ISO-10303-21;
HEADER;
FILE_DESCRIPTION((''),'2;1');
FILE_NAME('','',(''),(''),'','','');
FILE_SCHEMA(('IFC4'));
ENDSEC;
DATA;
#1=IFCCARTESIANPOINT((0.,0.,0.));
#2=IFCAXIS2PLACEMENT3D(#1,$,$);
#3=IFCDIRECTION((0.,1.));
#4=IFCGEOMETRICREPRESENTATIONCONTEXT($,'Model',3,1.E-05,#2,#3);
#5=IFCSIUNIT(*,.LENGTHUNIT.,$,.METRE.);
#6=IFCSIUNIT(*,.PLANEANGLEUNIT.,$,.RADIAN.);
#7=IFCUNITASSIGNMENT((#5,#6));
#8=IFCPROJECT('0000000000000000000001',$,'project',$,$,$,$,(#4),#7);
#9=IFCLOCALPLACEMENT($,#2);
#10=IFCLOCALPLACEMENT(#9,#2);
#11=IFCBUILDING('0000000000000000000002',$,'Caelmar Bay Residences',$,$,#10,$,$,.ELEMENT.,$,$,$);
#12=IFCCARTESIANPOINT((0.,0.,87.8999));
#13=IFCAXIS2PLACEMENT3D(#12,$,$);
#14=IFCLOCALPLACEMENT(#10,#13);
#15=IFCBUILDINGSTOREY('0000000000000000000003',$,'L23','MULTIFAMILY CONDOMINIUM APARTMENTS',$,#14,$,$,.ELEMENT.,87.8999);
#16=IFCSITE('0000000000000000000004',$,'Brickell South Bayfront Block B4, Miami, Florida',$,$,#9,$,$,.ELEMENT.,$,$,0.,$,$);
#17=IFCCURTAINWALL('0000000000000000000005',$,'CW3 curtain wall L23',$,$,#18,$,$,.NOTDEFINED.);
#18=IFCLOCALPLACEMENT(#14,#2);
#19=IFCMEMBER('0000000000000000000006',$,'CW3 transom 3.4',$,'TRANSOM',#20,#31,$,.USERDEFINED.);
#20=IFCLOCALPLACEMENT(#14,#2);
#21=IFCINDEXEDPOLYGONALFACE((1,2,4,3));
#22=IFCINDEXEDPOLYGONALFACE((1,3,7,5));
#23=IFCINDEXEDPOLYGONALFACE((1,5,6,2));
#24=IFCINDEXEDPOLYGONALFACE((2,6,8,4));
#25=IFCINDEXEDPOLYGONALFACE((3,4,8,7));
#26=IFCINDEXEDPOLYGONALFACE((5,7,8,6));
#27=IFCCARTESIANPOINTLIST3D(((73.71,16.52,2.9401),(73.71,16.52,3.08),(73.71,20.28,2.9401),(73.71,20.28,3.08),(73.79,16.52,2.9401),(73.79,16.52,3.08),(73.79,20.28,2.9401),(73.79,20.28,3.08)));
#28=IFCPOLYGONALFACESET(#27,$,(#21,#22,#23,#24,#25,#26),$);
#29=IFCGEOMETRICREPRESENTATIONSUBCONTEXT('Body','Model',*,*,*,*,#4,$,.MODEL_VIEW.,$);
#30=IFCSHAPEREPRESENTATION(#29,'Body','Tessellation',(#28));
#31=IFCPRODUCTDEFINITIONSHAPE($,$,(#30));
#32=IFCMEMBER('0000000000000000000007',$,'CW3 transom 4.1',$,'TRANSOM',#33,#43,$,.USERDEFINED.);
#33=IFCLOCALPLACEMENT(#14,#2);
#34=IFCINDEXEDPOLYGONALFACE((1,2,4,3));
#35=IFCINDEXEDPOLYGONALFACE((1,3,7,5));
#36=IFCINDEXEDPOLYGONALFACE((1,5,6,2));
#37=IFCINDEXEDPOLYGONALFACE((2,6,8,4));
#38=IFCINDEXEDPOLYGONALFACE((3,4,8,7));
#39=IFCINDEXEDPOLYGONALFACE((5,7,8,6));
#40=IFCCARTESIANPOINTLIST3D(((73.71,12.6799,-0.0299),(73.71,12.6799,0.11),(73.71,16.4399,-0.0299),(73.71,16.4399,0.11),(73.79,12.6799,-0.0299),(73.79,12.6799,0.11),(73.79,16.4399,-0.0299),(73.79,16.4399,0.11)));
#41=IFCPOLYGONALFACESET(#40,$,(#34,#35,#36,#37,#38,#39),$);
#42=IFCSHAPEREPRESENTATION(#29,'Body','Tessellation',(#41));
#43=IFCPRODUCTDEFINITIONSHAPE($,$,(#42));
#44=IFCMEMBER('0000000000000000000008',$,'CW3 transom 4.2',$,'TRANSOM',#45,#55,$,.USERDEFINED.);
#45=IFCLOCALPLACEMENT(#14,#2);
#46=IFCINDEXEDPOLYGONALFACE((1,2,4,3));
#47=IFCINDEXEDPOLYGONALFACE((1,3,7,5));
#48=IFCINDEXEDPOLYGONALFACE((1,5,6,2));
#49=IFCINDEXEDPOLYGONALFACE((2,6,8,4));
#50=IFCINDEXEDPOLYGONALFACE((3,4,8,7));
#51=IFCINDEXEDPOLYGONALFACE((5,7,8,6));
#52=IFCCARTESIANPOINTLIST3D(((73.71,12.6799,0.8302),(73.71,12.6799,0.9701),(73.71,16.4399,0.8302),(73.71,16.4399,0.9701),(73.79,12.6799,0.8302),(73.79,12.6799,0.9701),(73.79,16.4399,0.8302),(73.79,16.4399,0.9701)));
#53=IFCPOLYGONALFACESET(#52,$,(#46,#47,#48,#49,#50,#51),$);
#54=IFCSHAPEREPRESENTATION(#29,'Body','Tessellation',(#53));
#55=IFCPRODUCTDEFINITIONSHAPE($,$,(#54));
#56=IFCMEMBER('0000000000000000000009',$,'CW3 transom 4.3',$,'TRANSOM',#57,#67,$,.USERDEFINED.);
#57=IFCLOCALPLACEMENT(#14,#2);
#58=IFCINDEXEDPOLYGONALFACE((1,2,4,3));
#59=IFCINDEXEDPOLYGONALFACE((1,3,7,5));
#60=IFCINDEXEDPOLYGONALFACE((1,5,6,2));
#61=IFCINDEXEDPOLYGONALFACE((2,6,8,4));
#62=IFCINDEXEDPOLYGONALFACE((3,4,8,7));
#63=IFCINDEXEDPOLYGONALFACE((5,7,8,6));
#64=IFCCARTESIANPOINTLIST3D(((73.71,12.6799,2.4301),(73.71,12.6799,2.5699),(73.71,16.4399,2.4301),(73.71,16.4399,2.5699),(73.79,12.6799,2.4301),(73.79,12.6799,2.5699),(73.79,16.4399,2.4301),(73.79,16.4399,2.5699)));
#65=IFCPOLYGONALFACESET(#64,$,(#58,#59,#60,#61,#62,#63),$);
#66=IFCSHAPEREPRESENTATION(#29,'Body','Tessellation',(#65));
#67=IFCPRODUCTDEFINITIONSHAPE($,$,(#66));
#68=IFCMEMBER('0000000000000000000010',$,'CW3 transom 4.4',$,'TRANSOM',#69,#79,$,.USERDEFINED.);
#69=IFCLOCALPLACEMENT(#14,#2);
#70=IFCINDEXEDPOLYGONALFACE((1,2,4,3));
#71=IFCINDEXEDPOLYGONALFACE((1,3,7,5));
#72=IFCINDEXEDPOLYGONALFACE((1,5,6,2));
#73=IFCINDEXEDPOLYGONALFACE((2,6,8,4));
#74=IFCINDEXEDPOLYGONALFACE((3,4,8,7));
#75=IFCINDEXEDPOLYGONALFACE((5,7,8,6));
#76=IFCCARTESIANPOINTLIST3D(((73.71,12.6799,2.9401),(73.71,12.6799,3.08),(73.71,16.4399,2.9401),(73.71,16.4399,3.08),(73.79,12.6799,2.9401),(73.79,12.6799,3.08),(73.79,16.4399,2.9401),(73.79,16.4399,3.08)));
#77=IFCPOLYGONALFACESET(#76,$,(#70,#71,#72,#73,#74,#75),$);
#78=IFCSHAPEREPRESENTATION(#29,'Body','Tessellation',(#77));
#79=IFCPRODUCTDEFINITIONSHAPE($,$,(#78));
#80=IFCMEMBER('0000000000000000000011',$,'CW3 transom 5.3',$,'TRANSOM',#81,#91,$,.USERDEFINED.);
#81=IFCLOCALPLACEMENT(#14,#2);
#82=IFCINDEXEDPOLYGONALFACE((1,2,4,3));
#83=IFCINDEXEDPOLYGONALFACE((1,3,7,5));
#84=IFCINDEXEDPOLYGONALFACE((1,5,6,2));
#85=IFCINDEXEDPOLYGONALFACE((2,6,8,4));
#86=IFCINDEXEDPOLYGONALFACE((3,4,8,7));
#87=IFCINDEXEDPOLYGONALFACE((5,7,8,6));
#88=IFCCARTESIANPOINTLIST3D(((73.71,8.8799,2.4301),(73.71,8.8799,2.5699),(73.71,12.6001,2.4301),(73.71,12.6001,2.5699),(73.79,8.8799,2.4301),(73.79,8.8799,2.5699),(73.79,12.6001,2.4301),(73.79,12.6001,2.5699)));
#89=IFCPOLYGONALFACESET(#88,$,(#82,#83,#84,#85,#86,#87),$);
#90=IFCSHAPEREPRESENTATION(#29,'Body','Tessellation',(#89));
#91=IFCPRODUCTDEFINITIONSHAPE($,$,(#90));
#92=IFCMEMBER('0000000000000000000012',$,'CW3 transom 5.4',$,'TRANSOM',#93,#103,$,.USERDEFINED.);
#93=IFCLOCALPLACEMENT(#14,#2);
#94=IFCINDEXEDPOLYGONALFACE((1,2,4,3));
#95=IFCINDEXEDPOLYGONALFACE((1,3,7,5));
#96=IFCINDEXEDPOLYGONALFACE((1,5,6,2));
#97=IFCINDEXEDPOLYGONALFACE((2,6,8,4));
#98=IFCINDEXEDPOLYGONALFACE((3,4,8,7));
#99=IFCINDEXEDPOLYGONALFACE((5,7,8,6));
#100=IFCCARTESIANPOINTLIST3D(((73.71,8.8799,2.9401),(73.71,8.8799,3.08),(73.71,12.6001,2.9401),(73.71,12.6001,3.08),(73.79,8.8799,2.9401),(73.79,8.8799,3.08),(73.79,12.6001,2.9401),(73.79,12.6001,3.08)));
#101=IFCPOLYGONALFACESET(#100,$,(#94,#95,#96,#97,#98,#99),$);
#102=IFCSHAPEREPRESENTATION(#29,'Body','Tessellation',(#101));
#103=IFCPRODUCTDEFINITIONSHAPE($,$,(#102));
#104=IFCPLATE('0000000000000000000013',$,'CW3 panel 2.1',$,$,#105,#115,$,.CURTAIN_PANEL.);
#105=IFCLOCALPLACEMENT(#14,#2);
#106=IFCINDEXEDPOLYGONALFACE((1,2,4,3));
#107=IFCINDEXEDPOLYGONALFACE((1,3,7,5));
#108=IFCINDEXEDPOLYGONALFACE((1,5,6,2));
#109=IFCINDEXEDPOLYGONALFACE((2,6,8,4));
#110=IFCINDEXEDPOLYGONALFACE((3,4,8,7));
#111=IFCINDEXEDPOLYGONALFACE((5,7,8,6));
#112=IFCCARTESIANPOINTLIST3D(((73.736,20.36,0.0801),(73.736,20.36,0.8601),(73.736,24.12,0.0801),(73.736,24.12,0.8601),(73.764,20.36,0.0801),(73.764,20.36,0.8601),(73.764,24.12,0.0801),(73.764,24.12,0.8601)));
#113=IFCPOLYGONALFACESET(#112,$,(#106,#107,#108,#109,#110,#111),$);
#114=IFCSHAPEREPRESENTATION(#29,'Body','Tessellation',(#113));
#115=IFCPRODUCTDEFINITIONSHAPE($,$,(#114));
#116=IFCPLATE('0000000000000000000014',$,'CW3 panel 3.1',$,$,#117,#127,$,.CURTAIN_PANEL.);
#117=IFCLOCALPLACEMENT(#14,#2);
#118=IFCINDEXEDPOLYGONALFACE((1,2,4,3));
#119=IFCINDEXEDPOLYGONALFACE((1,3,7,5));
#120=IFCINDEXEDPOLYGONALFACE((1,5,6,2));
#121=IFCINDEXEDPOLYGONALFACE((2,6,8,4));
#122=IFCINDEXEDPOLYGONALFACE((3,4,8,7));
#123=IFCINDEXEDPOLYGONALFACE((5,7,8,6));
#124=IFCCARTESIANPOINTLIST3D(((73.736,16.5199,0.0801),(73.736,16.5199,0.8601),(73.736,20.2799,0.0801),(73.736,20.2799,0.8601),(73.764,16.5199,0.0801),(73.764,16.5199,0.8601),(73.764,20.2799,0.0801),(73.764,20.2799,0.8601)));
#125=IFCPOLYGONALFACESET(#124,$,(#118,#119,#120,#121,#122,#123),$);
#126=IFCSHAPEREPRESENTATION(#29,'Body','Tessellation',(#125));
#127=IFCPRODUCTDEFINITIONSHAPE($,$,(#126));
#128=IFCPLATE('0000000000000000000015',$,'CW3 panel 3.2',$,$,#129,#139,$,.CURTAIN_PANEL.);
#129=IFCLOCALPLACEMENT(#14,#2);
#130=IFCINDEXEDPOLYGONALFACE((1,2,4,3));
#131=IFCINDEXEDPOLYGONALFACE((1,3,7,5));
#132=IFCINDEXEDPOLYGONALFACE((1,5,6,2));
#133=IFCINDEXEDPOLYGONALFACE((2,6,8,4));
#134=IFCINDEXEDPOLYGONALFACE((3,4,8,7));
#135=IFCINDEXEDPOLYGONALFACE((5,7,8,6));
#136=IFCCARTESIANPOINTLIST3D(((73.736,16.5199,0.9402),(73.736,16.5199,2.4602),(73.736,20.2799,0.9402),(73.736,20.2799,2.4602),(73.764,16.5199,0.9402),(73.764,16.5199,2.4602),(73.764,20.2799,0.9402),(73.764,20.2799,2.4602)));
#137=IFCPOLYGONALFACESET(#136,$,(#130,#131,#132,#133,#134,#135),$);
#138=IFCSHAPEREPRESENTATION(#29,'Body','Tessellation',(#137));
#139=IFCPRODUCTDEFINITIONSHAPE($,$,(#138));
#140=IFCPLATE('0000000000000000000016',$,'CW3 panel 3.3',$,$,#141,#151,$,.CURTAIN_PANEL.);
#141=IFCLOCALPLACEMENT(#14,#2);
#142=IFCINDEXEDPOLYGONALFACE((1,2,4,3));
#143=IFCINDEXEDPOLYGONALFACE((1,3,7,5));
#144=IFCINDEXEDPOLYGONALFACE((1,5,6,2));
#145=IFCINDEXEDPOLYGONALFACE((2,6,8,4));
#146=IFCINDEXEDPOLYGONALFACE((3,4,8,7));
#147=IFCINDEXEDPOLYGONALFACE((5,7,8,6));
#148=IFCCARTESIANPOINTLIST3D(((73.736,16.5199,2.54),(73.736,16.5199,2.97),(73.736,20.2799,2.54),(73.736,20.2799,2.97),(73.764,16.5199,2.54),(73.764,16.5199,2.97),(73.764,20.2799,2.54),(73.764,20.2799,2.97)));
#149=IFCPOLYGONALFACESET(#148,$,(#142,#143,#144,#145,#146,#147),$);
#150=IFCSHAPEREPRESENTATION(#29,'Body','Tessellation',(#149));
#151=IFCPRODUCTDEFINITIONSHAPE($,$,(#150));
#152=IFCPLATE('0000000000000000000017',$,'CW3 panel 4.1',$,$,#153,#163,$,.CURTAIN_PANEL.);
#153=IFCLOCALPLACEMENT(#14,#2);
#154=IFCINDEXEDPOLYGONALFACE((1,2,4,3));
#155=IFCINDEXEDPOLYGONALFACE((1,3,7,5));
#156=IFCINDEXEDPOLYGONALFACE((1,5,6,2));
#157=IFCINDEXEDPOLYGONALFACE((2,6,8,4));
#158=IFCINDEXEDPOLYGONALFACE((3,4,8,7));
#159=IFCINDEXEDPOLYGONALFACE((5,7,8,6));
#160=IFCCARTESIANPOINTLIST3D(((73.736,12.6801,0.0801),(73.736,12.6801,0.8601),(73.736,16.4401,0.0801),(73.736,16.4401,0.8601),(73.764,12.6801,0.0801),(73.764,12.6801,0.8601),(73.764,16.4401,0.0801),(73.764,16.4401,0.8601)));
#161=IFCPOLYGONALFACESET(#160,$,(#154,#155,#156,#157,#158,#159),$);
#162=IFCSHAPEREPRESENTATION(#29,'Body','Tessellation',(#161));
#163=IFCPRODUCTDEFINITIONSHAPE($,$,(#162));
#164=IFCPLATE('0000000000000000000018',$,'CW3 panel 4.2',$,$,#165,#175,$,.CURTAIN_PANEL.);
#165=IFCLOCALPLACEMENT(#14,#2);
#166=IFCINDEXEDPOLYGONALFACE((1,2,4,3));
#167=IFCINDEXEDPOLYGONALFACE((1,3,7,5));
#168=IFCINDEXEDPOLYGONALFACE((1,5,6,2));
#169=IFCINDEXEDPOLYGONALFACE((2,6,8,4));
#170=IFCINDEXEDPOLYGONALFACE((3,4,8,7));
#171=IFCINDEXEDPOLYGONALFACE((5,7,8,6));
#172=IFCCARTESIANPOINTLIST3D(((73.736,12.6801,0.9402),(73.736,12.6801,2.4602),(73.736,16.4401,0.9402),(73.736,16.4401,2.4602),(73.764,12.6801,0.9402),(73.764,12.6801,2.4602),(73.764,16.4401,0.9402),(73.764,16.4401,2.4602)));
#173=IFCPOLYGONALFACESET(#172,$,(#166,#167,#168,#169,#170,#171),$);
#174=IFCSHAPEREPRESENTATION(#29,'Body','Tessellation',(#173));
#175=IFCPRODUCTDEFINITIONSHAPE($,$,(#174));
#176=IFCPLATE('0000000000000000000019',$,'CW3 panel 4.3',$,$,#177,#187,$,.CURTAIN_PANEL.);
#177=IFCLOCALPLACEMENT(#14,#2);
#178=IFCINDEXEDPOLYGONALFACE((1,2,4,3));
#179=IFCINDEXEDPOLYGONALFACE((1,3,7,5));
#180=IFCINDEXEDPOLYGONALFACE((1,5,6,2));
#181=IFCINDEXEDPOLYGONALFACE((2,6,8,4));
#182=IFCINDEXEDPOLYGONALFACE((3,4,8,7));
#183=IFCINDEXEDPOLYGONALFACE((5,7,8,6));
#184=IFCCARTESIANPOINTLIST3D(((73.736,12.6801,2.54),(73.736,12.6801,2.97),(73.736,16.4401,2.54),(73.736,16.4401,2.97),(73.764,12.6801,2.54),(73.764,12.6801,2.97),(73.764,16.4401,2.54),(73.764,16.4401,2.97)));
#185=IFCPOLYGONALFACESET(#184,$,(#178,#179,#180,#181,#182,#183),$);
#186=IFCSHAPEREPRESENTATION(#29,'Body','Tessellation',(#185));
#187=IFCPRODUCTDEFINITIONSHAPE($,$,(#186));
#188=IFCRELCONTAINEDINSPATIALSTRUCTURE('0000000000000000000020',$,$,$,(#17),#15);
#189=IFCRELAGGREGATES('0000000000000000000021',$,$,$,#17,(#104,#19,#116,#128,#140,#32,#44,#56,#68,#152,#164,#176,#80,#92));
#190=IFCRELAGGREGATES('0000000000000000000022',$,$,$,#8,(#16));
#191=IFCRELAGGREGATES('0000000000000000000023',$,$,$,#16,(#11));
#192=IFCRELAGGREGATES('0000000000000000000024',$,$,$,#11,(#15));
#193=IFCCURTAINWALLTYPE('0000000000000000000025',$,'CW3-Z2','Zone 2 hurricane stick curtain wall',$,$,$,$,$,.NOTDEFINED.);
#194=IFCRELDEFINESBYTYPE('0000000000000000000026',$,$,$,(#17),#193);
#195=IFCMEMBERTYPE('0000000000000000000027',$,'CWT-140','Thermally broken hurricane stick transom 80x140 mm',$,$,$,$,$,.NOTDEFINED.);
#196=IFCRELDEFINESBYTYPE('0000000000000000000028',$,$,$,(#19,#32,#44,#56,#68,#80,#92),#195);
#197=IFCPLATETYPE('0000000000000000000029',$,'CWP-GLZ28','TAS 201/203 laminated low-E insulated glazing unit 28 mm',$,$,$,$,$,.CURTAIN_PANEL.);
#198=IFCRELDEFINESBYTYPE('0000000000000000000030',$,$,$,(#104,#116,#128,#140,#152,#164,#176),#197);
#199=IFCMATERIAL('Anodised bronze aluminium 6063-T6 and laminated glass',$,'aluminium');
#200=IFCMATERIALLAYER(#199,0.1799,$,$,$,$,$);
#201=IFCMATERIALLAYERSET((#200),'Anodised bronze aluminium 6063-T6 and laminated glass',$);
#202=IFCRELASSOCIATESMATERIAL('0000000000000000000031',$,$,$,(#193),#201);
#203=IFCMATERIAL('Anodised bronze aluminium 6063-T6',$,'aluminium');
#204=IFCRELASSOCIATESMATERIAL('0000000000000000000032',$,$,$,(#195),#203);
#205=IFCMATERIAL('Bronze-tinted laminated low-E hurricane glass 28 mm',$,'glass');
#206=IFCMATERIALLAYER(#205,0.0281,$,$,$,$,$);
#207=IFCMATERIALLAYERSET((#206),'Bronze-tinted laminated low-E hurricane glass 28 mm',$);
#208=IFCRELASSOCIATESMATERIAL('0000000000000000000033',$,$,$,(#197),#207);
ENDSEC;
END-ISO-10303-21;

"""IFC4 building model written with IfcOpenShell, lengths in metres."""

from ifc_helpers import new_model, si_unit, direction, frame, origin, origin_2d, place, context, subcontext, project, spatial, rectangle, extrude, material, layer, layer_set, material_profile, profile_set, type_object, element, aggregate, save


model = new_model("IFC4")

# Units and contexts
model_context = context("Model", 3, precision=1e-05, world=origin(), true_north=direction((0.0, 1.0)))
body_context = subcontext(model_context, "Body", "Model", "MODEL_VIEW")
ifc_project = project(units=[si_unit("LENGTHUNIT", "METRE"), si_unit("PLANEANGLEUNIT", "RADIAN")], contexts=[model_context])

# Site, building, storey
site_placement = place(None, origin())
site = spatial("IfcSite", under=ifc_project, at=site_placement, Name="Brickell South Bayfront Block B4, Miami, Florida", CompositionType="ELEMENT", RefElevation=0.0)
building_placement = place(site_placement, origin())
building = spatial("IfcBuilding", under=site, at=building_placement, Name="Caelmar Bay Residences", CompositionType="ELEMENT")
storey_placement = place(building_placement, frame((0.0, 0.0, 87.8999)))
storey = spatial("IfcBuildingStorey", under=building, at=storey_placement, Name="L23", Description="MULTIFAMILY CONDOMINIUM APARTMENTS", CompositionType="ELEMENT", Elevation=87.8999)

# Curtain wall, members, plates
ifc_material_1 = material(Name="Anodised bronze aluminium 6063-T6 and laminated glass", Category="aluminium")
ifc_layer_1 = layer(ifc_material_1, 0.1799)
ifc_layer_set_1 = layer_set([ifc_layer_1], Name="Anodised bronze aluminium 6063-T6 and laminated glass")
curtain_wall_type = type_object("IfcCurtainWallType", Name="CW3-Z2", Description="Zone 2 hurricane stick curtain wall", PredefinedType="NOTDEFINED", material=ifc_layer_set_1)
curtain_wall_placement = place(storey_placement, origin())
curtain_wall = element("IfcCurtainWall", 1, at=curtain_wall_placement, inside=storey, type_object=curtain_wall_type, Name="CW3 curtain wall L23", PredefinedType="NOTDEFINED")
ifc_material_2 = material(Name="Anodised bronze aluminium 6063-T6", Category="aluminium")
ifc_material_profile_1 = material_profile(ifc_material_2, rectangle(XDim=0.0801, YDim=0.1399, at=origin_2d()), Name="CWT-80X140")
ifc_profile_set_1 = profile_set([ifc_material_profile_1], Name="Anodised bronze aluminium 6063-T6")
member_type_1 = type_object("IfcMemberType", Name="CWT-140", Description="Thermally broken hurricane stick transom 80x140 mm", PredefinedType="NOTDEFINED", material=ifc_profile_set_1)
member_1_placement = place(storey_placement, frame((73.75, 20.28, 3.01), z_axis=(0.0, -1.0, 0.0), x_axis=(1.0, 0.0, 0.0)))
member_1 = element("IfcMember", 2, at=member_1_placement, type_object=member_type_1, Name="CW3 transom 3.4", ObjectType="TRANSOM", PredefinedType="USERDEFINED", context=body_context, shape_type="SweptSolid", body=[
    extrude(rectangle(XDim=0.0801, YDim=0.1399, at=origin_2d()), origin(), (0.0, 0.0, 1.0), 3.76),
])
member_2_placement = place(storey_placement, frame((73.75, 16.4399, 0.04), z_axis=(0.0, -1.0, 0.0), x_axis=(1.0, 0.0, 0.0)))
member_2 = element("IfcMember", 3, at=member_2_placement, type_object=member_type_1, Name="CW3 transom 4.1", ObjectType="TRANSOM", PredefinedType="USERDEFINED", context=body_context, shape_type="SweptSolid", body=[
    extrude(rectangle(XDim=0.0801, YDim=0.1399, at=origin_2d()), origin(), (0.0, 0.0, 1.0), 3.76),
])
member_3_placement = place(storey_placement, frame((73.75, 16.4399, 0.9001), z_axis=(0.0, -1.0, 0.0), x_axis=(1.0, 0.0, 0.0)))
member_3 = element("IfcMember", 4, at=member_3_placement, type_object=member_type_1, Name="CW3 transom 4.2", ObjectType="TRANSOM", PredefinedType="USERDEFINED", context=body_context, shape_type="SweptSolid", body=[
    extrude(rectangle(XDim=0.0801, YDim=0.1399, at=origin_2d()), origin(), (0.0, 0.0, 1.0), 3.76),
])
member_4_placement = place(storey_placement, frame((73.75, 16.4399, 2.5), z_axis=(0.0, -1.0, 0.0), x_axis=(1.0, 0.0, 0.0)))
member_4 = element("IfcMember", 5, at=member_4_placement, type_object=member_type_1, Name="CW3 transom 4.3", ObjectType="TRANSOM", PredefinedType="USERDEFINED", context=body_context, shape_type="SweptSolid", body=[
    extrude(rectangle(XDim=0.0801, YDim=0.1399, at=origin_2d()), origin(), (0.0, 0.0, 1.0), 3.76),
])
member_5_placement = place(storey_placement, frame((73.75, 16.4399, 3.01), z_axis=(0.0, -1.0, 0.0), x_axis=(1.0, 0.0, 0.0)))
member_5 = element("IfcMember", 6, at=member_5_placement, type_object=member_type_1, Name="CW3 transom 4.4", ObjectType="TRANSOM", PredefinedType="USERDEFINED", context=body_context, shape_type="SweptSolid", body=[
    extrude(rectangle(XDim=0.0801, YDim=0.1399, at=origin_2d()), origin(), (0.0, 0.0, 1.0), 3.76),
])
member_6_placement = place(storey_placement, frame((73.75, 12.6001, 2.5), z_axis=(0.0, -1.0, 0.0), x_axis=(1.0, 0.0, 0.0)))
member_6 = element("IfcMember", 7, at=member_6_placement, type_object=member_type_1, Name="CW3 transom 5.3", ObjectType="TRANSOM", PredefinedType="USERDEFINED", context=body_context, shape_type="SweptSolid", body=[
    extrude(rectangle(XDim=0.0801, YDim=0.1399, at=origin_2d()), origin(), (0.0, 0.0, 1.0), 3.7202),
])
member_7_placement = place(storey_placement, frame((73.75, 12.6001, 3.01), z_axis=(0.0, -1.0, 0.0), x_axis=(1.0, 0.0, 0.0)))
member_7 = element("IfcMember", 8, at=member_7_placement, type_object=member_type_1, Name="CW3 transom 5.4", ObjectType="TRANSOM", PredefinedType="USERDEFINED", context=body_context, shape_type="SweptSolid", body=[
    extrude(rectangle(XDim=0.0801, YDim=0.1399, at=origin_2d()), origin(), (0.0, 0.0, 1.0), 3.7202),
])
ifc_material_3 = material(Name="Bronze-tinted laminated low-E hurricane glass 28 mm", Category="glass")
ifc_layer_2 = layer(ifc_material_3, 0.0281)
ifc_layer_set_2 = layer_set([ifc_layer_2], Name="Bronze-tinted laminated low-E hurricane glass 28 mm")
plate_type = type_object("IfcPlateType", Name="CWP-GLZ28", Description="TAS 201/203 laminated low-E insulated glazing unit 28 mm", PredefinedType="CURTAIN_PANEL", material=ifc_layer_set_2)
plate_1_placement = place(storey_placement, frame((73.75, 22.24, 0.0801), z_axis=(0.0, 0.0, 1.0), x_axis=(0.0, -1.0, 0.0)))
plate_1 = element("IfcPlate", 9, at=plate_1_placement, type_object=plate_type, Name="CW3 panel 2.1", PredefinedType="CURTAIN_PANEL", context=body_context, shape_type="SweptSolid", body=[
    extrude(rectangle(XDim=3.76, YDim=0.0281, at=origin_2d()), origin(), (0.0, 0.0, 1.0), 0.78),
])
plate_2_placement = place(storey_placement, frame((73.75, 18.3999, 0.0801), z_axis=(0.0, 0.0, 1.0), x_axis=(0.0, -1.0, 0.0)))
plate_2 = element("IfcPlate", 10, at=plate_2_placement, type_object=plate_type, Name="CW3 panel 3.1", PredefinedType="CURTAIN_PANEL", context=body_context, shape_type="SweptSolid", body=[
    extrude(rectangle(XDim=3.76, YDim=0.0281, at=origin_2d()), origin(), (0.0, 0.0, 1.0), 0.78),
])
plate_3_placement = place(storey_placement, frame((73.75, 18.3999, 0.9402), z_axis=(0.0, 0.0, 1.0), x_axis=(0.0, -1.0, 0.0)))
plate_3 = element("IfcPlate", 11, at=plate_3_placement, type_object=plate_type, Name="CW3 panel 3.2", PredefinedType="CURTAIN_PANEL", context=body_context, shape_type="SweptSolid", body=[
    extrude(rectangle(XDim=3.76, YDim=0.0281, at=origin_2d()), origin(), (0.0, 0.0, 1.0), 1.52),
])
plate_4_placement = place(storey_placement, frame((73.75, 18.3999, 2.54), z_axis=(0.0, 0.0, 1.0), x_axis=(0.0, -1.0, 0.0)))
plate_4 = element("IfcPlate", 12, at=plate_4_placement, type_object=plate_type, Name="CW3 panel 3.3", PredefinedType="CURTAIN_PANEL", context=body_context, shape_type="SweptSolid", body=[
    extrude(rectangle(XDim=3.76, YDim=0.0281, at=origin_2d()), origin(), (0.0, 0.0, 1.0), 0.4299),
])
plate_5_placement = place(storey_placement, frame((73.75, 14.5601, 0.0801), z_axis=(0.0, 0.0, 1.0), x_axis=(0.0, -1.0, 0.0)))
plate_5 = element("IfcPlate", 13, at=plate_5_placement, type_object=plate_type, Name="CW3 panel 4.1", PredefinedType="CURTAIN_PANEL", context=body_context, shape_type="SweptSolid", body=[
    extrude(rectangle(XDim=3.76, YDim=0.0281, at=origin_2d()), origin(), (0.0, 0.0, 1.0), 0.78),
])
plate_6_placement = place(storey_placement, frame((73.75, 14.5601, 0.9402), z_axis=(0.0, 0.0, 1.0), x_axis=(0.0, -1.0, 0.0)))
plate_6 = element("IfcPlate", 14, at=plate_6_placement, type_object=plate_type, Name="CW3 panel 4.2", PredefinedType="CURTAIN_PANEL", context=body_context, shape_type="SweptSolid", body=[
    extrude(rectangle(XDim=3.76, YDim=0.0281, at=origin_2d()), origin(), (0.0, 0.0, 1.0), 1.52),
])
plate_7_placement = place(storey_placement, frame((73.75, 14.5601, 2.54), z_axis=(0.0, 0.0, 1.0), x_axis=(0.0, -1.0, 0.0)))
plate_7 = element("IfcPlate", 15, at=plate_7_placement, type_object=plate_type, Name="CW3 panel 4.3", PredefinedType="CURTAIN_PANEL", context=body_context, shape_type="SweptSolid", body=[
    extrude(rectangle(XDim=3.76, YDim=0.0281, at=origin_2d()), origin(), (0.0, 0.0, 1.0), 0.4299),
])
aggregate(curtain_wall, [plate_1, member_1, plate_2, plate_3, plate_4, member_2, member_3, member_4, member_5, plate_5, plate_6, plate_7, member_6, member_7])

save(model, "model.ifc")
